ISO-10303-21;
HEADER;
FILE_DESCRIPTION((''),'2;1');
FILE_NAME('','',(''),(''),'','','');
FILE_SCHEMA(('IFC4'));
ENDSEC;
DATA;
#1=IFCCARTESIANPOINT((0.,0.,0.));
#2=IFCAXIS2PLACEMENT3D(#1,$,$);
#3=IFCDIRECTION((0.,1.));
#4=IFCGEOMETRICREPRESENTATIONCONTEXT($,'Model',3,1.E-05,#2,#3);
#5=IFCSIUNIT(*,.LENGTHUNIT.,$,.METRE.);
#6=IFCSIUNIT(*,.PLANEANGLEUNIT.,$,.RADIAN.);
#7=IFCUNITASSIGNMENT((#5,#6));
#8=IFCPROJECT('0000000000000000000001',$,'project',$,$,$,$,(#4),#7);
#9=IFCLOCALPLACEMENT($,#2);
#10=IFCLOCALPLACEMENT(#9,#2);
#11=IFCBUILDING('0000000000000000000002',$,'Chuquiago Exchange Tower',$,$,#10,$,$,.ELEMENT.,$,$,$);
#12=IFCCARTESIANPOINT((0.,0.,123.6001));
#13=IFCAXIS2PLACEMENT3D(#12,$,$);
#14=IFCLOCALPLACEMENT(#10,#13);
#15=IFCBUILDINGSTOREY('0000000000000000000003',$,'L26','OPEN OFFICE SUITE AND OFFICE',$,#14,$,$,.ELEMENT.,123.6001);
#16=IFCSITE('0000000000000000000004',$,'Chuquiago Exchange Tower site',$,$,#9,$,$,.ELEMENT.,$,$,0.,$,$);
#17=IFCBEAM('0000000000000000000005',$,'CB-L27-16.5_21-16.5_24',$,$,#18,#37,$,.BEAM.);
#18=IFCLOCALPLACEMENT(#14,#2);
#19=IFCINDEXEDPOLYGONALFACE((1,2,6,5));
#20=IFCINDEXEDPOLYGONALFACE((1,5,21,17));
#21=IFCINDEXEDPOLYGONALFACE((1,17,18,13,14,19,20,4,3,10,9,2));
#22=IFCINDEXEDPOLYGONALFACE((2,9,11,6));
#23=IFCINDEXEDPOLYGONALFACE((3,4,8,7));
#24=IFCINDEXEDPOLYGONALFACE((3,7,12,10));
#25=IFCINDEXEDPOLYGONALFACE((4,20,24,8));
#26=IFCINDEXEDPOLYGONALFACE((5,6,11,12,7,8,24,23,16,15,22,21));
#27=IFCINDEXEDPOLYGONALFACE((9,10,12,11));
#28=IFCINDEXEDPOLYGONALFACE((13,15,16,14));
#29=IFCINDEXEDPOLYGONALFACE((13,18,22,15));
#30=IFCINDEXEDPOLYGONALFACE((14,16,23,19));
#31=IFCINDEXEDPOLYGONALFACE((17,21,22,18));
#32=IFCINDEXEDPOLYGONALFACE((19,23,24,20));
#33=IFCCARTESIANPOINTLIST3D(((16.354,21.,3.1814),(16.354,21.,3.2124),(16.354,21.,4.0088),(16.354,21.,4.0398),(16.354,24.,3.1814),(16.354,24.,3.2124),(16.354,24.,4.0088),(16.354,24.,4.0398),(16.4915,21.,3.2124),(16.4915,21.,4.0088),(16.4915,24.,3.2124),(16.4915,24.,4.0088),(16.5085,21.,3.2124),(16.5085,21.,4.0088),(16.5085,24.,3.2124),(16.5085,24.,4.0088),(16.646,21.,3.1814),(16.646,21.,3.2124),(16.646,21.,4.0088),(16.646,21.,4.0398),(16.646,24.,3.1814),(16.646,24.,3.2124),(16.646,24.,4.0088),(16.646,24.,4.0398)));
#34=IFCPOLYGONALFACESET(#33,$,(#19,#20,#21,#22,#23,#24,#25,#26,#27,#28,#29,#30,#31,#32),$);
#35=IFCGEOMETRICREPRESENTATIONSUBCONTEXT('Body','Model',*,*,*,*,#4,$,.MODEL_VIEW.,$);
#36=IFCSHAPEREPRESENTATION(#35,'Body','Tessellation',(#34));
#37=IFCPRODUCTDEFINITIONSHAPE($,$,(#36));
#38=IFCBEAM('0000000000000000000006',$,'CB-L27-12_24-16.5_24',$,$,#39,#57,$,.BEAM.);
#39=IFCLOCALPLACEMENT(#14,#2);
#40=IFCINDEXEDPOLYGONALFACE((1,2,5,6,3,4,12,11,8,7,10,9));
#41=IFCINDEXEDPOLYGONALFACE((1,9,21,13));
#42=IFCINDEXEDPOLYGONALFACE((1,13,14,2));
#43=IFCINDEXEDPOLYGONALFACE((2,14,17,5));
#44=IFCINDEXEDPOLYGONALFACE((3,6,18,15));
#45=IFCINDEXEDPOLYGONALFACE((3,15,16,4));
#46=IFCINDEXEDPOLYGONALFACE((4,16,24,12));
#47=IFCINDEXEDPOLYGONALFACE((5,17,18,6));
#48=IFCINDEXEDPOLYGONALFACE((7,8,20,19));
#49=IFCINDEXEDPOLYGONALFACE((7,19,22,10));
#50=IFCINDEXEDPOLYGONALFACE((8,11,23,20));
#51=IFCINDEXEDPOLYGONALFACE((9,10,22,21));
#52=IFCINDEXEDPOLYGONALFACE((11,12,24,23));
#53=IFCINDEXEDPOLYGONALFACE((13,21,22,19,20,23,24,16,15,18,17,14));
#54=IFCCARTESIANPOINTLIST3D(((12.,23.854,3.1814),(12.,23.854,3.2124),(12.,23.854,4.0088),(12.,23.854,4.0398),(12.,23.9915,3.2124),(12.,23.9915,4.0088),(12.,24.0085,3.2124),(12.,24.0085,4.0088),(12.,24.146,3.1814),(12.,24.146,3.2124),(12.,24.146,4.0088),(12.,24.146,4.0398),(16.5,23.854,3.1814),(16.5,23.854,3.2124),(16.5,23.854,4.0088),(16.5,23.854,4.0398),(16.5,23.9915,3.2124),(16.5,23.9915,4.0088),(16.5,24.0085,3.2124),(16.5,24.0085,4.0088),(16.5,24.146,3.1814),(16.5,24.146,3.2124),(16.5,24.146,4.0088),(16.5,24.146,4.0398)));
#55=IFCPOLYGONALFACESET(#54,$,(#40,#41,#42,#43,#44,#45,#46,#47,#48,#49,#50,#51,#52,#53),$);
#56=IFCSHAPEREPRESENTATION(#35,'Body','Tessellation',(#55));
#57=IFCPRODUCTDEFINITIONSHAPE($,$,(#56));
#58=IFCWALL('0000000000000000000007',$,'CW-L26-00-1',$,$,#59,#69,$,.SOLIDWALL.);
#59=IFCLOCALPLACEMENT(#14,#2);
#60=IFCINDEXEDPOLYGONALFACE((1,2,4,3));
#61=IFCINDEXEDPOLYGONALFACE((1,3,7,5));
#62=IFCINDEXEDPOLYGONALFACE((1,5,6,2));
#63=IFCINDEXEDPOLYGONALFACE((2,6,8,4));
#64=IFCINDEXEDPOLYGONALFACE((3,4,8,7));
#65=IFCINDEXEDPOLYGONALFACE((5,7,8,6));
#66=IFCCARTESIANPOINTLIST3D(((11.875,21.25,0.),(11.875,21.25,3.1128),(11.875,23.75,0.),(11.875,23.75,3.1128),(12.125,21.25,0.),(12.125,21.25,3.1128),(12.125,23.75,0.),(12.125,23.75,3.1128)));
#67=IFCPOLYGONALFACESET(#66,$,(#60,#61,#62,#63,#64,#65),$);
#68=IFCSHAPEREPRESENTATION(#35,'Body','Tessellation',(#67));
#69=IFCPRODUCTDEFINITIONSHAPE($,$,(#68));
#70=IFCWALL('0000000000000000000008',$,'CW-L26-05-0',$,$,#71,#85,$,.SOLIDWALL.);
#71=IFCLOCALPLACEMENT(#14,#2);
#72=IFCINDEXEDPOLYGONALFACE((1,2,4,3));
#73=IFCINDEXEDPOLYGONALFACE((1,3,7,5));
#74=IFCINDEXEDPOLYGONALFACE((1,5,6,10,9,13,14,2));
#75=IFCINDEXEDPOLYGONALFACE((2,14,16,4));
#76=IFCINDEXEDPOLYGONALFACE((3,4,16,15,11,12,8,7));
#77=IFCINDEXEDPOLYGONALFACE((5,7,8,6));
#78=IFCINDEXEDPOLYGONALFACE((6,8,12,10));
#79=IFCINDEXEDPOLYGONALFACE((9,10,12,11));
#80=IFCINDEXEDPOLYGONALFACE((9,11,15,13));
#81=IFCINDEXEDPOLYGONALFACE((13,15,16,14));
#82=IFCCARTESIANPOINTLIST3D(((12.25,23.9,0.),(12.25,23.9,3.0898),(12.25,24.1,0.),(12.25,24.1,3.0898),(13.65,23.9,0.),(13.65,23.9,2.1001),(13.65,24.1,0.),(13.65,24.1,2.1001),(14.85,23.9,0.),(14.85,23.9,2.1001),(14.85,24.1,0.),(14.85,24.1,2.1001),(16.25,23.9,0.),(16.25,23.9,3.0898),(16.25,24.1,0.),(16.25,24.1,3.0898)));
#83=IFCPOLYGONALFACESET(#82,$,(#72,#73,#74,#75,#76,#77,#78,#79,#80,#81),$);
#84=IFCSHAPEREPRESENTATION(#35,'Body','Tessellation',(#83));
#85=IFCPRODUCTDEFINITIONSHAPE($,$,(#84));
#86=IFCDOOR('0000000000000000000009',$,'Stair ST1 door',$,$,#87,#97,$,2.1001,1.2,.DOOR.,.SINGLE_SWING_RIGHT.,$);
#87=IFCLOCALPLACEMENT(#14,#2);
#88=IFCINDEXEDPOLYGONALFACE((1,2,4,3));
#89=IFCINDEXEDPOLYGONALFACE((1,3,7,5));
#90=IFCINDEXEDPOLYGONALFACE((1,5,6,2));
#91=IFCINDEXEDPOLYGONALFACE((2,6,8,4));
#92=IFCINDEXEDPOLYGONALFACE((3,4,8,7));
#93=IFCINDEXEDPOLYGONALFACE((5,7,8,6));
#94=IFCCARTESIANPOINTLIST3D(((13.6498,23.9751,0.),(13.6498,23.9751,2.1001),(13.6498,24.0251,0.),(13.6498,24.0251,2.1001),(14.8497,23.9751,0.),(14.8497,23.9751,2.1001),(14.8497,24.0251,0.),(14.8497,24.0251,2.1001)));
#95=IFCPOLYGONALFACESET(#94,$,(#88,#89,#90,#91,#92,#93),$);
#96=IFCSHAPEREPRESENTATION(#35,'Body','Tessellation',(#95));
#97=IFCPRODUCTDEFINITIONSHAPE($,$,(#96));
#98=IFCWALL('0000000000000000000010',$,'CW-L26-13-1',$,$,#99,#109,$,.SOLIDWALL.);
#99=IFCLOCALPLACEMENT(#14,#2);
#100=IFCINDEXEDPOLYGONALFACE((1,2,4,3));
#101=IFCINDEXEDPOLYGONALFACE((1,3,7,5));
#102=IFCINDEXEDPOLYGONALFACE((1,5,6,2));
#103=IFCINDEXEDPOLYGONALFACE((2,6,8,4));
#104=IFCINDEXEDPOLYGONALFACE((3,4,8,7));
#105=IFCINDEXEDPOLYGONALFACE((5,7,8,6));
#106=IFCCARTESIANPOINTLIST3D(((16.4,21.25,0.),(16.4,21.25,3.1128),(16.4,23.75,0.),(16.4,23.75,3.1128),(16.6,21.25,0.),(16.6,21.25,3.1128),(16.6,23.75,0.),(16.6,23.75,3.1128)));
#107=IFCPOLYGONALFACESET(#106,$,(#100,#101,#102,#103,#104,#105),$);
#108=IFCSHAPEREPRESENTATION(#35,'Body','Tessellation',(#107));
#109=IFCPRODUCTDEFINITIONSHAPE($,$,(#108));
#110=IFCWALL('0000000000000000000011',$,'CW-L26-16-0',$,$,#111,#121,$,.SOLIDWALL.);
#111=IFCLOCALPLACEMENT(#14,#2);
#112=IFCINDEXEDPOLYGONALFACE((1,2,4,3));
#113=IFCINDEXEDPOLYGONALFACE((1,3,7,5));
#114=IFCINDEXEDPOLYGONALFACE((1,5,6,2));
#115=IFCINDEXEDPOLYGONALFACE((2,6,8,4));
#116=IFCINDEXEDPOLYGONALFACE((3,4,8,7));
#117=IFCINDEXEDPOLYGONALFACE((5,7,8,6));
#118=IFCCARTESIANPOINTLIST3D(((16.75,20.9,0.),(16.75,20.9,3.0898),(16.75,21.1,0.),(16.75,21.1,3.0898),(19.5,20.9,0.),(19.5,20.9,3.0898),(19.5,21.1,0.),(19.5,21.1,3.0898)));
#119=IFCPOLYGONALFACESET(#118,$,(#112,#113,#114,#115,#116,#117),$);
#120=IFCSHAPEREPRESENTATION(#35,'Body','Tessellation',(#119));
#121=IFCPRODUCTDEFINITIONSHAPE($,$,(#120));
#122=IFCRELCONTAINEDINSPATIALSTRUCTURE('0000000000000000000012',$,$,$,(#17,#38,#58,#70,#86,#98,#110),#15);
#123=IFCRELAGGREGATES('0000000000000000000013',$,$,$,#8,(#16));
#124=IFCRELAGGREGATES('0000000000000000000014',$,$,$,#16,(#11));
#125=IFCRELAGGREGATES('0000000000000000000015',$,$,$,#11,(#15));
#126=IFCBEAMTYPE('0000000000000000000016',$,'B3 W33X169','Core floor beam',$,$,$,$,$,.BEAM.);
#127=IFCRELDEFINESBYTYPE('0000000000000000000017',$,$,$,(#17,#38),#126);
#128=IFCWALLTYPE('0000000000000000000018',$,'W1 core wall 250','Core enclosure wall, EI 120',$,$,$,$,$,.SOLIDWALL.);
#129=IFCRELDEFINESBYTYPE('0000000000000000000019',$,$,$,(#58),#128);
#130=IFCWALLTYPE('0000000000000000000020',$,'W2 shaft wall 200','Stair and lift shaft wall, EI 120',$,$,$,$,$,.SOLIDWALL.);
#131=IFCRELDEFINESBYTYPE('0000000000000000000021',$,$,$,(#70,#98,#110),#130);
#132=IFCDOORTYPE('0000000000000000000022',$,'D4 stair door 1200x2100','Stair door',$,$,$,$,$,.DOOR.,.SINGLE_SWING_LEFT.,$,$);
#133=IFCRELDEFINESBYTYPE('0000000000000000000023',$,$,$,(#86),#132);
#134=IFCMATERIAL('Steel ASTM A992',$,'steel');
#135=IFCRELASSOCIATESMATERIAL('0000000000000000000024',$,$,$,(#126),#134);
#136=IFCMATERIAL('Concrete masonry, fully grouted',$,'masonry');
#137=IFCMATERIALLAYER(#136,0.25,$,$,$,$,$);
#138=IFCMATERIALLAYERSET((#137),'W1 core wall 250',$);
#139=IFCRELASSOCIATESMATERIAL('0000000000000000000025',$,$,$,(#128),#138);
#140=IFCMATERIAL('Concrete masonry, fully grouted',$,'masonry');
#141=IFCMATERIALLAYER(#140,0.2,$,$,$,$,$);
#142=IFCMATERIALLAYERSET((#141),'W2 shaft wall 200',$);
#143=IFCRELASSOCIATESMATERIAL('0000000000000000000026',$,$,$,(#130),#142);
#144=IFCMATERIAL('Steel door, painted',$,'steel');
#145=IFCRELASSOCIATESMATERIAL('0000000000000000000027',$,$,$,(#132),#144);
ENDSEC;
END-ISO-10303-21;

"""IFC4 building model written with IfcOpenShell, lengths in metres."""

from ifc_helpers import new_model, si_unit, direction, frame, frame_2d, origin, origin_2d, place, context, subcontext, project, spatial, rectangle, i_section, extrude, material, layer, layer_set, material_profile, profile_set, type_object, element, fill, save


model = new_model("IFC4")

# Units and contexts
model_context = context("Model", 3, precision=1e-05, world=origin(), true_north=direction((0.0, 1.0)))
body_context = subcontext(model_context, "Body", "Model", "MODEL_VIEW")
ifc_project = project(units=[si_unit("LENGTHUNIT", "METRE"), si_unit("PLANEANGLEUNIT", "RADIAN")], contexts=[model_context])

# Site, building, storey
site_placement = place(None, origin())
site = spatial("IfcSite", under=ifc_project, at=site_placement, Name="Chuquiago Exchange Tower site", CompositionType="ELEMENT", RefElevation=0.0)
building_placement = place(site_placement, origin())
building = spatial("IfcBuilding", under=site, at=building_placement, Name="Chuquiago Exchange Tower", CompositionType="ELEMENT")
storey_placement = place(building_placement, frame((0.0, 0.0, 123.6001)))
storey = spatial("IfcBuildingStorey", under=building, at=storey_placement, Name="L26", Description="OPEN OFFICE SUITE AND OFFICE", CompositionType="ELEMENT", Elevation=123.6001)

# Beams
ifc_material_1 = material(Name="Steel ASTM A992", Category="steel")
ifc_material_profile_1 = material_profile(ifc_material_1, i_section(OverallWidth=0.292, OverallDepth=0.8584, WebThickness=0.0171, FlangeThickness=0.031, at=origin_2d()), Name="W33X169")
ifc_profile_set_1 = profile_set([ifc_material_profile_1], Name="Steel ASTM A992")
beam_type_1 = type_object("IfcBeamType", Name="B3 W33X169", Description="Core floor beam", PredefinedType="BEAM", material=ifc_profile_set_1)
for number, where, z_axis, x_axis, name in (
    (1, (16.5, 21.0, 3.6106), (0.0, 1.0, 0.0), (-1.0, 0.0, 0.0), "CB-L27-16.5_21-16.5_24"),
):
    element("IfcBeam", number, at=place(storey_placement, frame(where, z_axis=z_axis, x_axis=x_axis)), inside=storey, type_object=beam_type_1, Name=name, PredefinedType="BEAM", context=body_context, shape_type="SweptSolid", body=[
        extrude(i_section(OverallWidth=0.292, OverallDepth=0.8584, WebThickness=0.0171, FlangeThickness=0.031, at=origin_2d()), origin(), (0.0, 0.0, 1.0), 3.0),
    ])
beam_1_placement = place(storey_placement, frame((12.0, 24.0, 3.6106), z_axis=(1.0, 0.0, 0.0), x_axis=(0.0, 1.0, 0.0)))
element("IfcBeam", 2, at=beam_1_placement, inside=storey, type_object=beam_type_1, Name="CB-L27-12_24-16.5_24", PredefinedType="BEAM", context=body_context, shape_type="SweptSolid", body=[
    extrude(i_section(OverallWidth=0.292, OverallDepth=0.8584, WebThickness=0.0171, FlangeThickness=0.031, at=origin_2d()), origin(), (0.0, 0.0, 1.0), 4.5),
])

# Wall
ifc_material_2 = material(Name="Concrete masonry, fully grouted", Category="masonry")
ifc_layer_1 = layer(ifc_material_2, 0.25)
ifc_layer_set_1 = layer_set([ifc_layer_1], Name="W1 core wall 250")
wall_type_1 = type_object("IfcWallType", Name="W1 core wall 250", Description="Core enclosure wall, EI 120", PredefinedType="SOLIDWALL", material=ifc_layer_set_1)
wall_1_placement = place(storey_placement, frame((12.0, 21.25, 0.0), z_axis=(0.0, 0.0, 1.0), x_axis=(0.0, 1.0, 0.0)))
element("IfcWall", 3, at=wall_1_placement, inside=storey, type_object=wall_type_1, Name="CW-L26-00-1", PredefinedType="SOLIDWALL", context=body_context, shape_type="SweptSolid", body=[
    extrude(rectangle(XDim=2.5, YDim=0.25, at=frame_2d((1.25, 0.0))), origin(), (0.0, 0.0, 1.0), 3.1128),
])

# Wall, opening, door
ifc_material_3 = material(Name="Concrete masonry, fully grouted", Category="masonry")
ifc_layer_2 = layer(ifc_material_3, 0.2)
ifc_layer_set_2 = layer_set([ifc_layer_2], Name="W2 shaft wall 200")
wall_type_2 = type_object("IfcWallType", Name="W2 shaft wall 200", Description="Stair and lift shaft wall, EI 120", PredefinedType="SOLIDWALL", material=ifc_layer_set_2)
wall_2_placement = place(storey_placement, frame((12.25, 24.0, 0.0), z_axis=(0.0, 0.0, 1.0), x_axis=(1.0, 0.0, 0.0)))
wall_2 = element("IfcWall", 4, at=wall_2_placement, inside=storey, type_object=wall_type_2, Name="CW-L26-05-0", PredefinedType="SOLIDWALL", context=body_context, shape_type="SweptSolid", body=[
    extrude(rectangle(XDim=4.0, YDim=0.2, at=frame_2d((2.0, 0.0))), origin(), (0.0, 0.0, 1.0), 3.0898),
])
opening_placement = place(wall_2_placement, frame((1.3999, 0.0, 0.0)))
opening = element("IfcOpeningElement", 5, at=opening_placement, cuts=wall_2, PredefinedType="OPENING", context=body_context, shape_type="SweptSolid", body=[
    extrude(rectangle(XDim=1.2, YDim=2.1001, at=frame_2d((0.6001, 1.05))), frame((0.0, 0.1099, 0.0), z_axis=(0.0, -1.0, 0.0), x_axis=(1.0, 0.0, 0.0)), (0.0, 0.0, 1.0), 0.22),
])
ifc_material_4 = material(Name="Steel door, painted", Category="steel")
door_type = type_object("IfcDoorType", Name="D4 stair door 1200x2100", Description="Stair door", OperationType="SINGLE_SWING_LEFT", PredefinedType="DOOR", material=ifc_material_4)
door_placement = place(opening_placement, frame((1.2, 0.0, 0.0), z_axis=(0.0, 0.0, 1.0), x_axis=(-1.0, 0.0, 0.0)))
door = element("IfcDoor", 6, at=door_placement, inside=storey, type_object=door_type, Name="Stair ST1 door", OperationType="SINGLE_SWING_RIGHT", OverallHeight=2.1001, OverallWidth=1.2, PredefinedType="DOOR", context=body_context, shape_type="SweptSolid", body=[
    extrude(rectangle(XDim=1.2, YDim=2.1001, at=frame_2d((0.6001, 1.05))), frame((0.0, 0.0249, 0.0), z_axis=(0.0, -1.0, 0.0), x_axis=(1.0, 0.0, 0.0)), (0.0, 0.0, 1.0), 0.05),
])
fill(opening, door)

# Walls
wall_3_placement = place(storey_placement, frame((16.5, 21.25, 0.0), z_axis=(0.0, 0.0, 1.0), x_axis=(0.0, 1.0, 0.0)))
element("IfcWall", 7, at=wall_3_placement, inside=storey, type_object=wall_type_2, Name="CW-L26-13-1", PredefinedType="SOLIDWALL", context=body_context, shape_type="SweptSolid", body=[
    extrude(rectangle(XDim=2.5, YDim=0.2, at=frame_2d((1.25, 0.0))), origin(), (0.0, 0.0, 1.0), 3.1128),
])
wall_4_placement = place(storey_placement, frame((16.75, 21.0, 0.0), z_axis=(0.0, 0.0, 1.0), x_axis=(1.0, 0.0, 0.0)))
element("IfcWall", 8, at=wall_4_placement, inside=storey, type_object=wall_type_2, Name="CW-L26-16-0", PredefinedType="SOLIDWALL", context=body_context, shape_type="SweptSolid", body=[
    extrude(rectangle(XDim=2.75, YDim=0.2, at=frame_2d((1.375, 0.0))), origin(), (0.0, 0.0, 1.0), 3.0898),
])

save(model, "model.ifc")
